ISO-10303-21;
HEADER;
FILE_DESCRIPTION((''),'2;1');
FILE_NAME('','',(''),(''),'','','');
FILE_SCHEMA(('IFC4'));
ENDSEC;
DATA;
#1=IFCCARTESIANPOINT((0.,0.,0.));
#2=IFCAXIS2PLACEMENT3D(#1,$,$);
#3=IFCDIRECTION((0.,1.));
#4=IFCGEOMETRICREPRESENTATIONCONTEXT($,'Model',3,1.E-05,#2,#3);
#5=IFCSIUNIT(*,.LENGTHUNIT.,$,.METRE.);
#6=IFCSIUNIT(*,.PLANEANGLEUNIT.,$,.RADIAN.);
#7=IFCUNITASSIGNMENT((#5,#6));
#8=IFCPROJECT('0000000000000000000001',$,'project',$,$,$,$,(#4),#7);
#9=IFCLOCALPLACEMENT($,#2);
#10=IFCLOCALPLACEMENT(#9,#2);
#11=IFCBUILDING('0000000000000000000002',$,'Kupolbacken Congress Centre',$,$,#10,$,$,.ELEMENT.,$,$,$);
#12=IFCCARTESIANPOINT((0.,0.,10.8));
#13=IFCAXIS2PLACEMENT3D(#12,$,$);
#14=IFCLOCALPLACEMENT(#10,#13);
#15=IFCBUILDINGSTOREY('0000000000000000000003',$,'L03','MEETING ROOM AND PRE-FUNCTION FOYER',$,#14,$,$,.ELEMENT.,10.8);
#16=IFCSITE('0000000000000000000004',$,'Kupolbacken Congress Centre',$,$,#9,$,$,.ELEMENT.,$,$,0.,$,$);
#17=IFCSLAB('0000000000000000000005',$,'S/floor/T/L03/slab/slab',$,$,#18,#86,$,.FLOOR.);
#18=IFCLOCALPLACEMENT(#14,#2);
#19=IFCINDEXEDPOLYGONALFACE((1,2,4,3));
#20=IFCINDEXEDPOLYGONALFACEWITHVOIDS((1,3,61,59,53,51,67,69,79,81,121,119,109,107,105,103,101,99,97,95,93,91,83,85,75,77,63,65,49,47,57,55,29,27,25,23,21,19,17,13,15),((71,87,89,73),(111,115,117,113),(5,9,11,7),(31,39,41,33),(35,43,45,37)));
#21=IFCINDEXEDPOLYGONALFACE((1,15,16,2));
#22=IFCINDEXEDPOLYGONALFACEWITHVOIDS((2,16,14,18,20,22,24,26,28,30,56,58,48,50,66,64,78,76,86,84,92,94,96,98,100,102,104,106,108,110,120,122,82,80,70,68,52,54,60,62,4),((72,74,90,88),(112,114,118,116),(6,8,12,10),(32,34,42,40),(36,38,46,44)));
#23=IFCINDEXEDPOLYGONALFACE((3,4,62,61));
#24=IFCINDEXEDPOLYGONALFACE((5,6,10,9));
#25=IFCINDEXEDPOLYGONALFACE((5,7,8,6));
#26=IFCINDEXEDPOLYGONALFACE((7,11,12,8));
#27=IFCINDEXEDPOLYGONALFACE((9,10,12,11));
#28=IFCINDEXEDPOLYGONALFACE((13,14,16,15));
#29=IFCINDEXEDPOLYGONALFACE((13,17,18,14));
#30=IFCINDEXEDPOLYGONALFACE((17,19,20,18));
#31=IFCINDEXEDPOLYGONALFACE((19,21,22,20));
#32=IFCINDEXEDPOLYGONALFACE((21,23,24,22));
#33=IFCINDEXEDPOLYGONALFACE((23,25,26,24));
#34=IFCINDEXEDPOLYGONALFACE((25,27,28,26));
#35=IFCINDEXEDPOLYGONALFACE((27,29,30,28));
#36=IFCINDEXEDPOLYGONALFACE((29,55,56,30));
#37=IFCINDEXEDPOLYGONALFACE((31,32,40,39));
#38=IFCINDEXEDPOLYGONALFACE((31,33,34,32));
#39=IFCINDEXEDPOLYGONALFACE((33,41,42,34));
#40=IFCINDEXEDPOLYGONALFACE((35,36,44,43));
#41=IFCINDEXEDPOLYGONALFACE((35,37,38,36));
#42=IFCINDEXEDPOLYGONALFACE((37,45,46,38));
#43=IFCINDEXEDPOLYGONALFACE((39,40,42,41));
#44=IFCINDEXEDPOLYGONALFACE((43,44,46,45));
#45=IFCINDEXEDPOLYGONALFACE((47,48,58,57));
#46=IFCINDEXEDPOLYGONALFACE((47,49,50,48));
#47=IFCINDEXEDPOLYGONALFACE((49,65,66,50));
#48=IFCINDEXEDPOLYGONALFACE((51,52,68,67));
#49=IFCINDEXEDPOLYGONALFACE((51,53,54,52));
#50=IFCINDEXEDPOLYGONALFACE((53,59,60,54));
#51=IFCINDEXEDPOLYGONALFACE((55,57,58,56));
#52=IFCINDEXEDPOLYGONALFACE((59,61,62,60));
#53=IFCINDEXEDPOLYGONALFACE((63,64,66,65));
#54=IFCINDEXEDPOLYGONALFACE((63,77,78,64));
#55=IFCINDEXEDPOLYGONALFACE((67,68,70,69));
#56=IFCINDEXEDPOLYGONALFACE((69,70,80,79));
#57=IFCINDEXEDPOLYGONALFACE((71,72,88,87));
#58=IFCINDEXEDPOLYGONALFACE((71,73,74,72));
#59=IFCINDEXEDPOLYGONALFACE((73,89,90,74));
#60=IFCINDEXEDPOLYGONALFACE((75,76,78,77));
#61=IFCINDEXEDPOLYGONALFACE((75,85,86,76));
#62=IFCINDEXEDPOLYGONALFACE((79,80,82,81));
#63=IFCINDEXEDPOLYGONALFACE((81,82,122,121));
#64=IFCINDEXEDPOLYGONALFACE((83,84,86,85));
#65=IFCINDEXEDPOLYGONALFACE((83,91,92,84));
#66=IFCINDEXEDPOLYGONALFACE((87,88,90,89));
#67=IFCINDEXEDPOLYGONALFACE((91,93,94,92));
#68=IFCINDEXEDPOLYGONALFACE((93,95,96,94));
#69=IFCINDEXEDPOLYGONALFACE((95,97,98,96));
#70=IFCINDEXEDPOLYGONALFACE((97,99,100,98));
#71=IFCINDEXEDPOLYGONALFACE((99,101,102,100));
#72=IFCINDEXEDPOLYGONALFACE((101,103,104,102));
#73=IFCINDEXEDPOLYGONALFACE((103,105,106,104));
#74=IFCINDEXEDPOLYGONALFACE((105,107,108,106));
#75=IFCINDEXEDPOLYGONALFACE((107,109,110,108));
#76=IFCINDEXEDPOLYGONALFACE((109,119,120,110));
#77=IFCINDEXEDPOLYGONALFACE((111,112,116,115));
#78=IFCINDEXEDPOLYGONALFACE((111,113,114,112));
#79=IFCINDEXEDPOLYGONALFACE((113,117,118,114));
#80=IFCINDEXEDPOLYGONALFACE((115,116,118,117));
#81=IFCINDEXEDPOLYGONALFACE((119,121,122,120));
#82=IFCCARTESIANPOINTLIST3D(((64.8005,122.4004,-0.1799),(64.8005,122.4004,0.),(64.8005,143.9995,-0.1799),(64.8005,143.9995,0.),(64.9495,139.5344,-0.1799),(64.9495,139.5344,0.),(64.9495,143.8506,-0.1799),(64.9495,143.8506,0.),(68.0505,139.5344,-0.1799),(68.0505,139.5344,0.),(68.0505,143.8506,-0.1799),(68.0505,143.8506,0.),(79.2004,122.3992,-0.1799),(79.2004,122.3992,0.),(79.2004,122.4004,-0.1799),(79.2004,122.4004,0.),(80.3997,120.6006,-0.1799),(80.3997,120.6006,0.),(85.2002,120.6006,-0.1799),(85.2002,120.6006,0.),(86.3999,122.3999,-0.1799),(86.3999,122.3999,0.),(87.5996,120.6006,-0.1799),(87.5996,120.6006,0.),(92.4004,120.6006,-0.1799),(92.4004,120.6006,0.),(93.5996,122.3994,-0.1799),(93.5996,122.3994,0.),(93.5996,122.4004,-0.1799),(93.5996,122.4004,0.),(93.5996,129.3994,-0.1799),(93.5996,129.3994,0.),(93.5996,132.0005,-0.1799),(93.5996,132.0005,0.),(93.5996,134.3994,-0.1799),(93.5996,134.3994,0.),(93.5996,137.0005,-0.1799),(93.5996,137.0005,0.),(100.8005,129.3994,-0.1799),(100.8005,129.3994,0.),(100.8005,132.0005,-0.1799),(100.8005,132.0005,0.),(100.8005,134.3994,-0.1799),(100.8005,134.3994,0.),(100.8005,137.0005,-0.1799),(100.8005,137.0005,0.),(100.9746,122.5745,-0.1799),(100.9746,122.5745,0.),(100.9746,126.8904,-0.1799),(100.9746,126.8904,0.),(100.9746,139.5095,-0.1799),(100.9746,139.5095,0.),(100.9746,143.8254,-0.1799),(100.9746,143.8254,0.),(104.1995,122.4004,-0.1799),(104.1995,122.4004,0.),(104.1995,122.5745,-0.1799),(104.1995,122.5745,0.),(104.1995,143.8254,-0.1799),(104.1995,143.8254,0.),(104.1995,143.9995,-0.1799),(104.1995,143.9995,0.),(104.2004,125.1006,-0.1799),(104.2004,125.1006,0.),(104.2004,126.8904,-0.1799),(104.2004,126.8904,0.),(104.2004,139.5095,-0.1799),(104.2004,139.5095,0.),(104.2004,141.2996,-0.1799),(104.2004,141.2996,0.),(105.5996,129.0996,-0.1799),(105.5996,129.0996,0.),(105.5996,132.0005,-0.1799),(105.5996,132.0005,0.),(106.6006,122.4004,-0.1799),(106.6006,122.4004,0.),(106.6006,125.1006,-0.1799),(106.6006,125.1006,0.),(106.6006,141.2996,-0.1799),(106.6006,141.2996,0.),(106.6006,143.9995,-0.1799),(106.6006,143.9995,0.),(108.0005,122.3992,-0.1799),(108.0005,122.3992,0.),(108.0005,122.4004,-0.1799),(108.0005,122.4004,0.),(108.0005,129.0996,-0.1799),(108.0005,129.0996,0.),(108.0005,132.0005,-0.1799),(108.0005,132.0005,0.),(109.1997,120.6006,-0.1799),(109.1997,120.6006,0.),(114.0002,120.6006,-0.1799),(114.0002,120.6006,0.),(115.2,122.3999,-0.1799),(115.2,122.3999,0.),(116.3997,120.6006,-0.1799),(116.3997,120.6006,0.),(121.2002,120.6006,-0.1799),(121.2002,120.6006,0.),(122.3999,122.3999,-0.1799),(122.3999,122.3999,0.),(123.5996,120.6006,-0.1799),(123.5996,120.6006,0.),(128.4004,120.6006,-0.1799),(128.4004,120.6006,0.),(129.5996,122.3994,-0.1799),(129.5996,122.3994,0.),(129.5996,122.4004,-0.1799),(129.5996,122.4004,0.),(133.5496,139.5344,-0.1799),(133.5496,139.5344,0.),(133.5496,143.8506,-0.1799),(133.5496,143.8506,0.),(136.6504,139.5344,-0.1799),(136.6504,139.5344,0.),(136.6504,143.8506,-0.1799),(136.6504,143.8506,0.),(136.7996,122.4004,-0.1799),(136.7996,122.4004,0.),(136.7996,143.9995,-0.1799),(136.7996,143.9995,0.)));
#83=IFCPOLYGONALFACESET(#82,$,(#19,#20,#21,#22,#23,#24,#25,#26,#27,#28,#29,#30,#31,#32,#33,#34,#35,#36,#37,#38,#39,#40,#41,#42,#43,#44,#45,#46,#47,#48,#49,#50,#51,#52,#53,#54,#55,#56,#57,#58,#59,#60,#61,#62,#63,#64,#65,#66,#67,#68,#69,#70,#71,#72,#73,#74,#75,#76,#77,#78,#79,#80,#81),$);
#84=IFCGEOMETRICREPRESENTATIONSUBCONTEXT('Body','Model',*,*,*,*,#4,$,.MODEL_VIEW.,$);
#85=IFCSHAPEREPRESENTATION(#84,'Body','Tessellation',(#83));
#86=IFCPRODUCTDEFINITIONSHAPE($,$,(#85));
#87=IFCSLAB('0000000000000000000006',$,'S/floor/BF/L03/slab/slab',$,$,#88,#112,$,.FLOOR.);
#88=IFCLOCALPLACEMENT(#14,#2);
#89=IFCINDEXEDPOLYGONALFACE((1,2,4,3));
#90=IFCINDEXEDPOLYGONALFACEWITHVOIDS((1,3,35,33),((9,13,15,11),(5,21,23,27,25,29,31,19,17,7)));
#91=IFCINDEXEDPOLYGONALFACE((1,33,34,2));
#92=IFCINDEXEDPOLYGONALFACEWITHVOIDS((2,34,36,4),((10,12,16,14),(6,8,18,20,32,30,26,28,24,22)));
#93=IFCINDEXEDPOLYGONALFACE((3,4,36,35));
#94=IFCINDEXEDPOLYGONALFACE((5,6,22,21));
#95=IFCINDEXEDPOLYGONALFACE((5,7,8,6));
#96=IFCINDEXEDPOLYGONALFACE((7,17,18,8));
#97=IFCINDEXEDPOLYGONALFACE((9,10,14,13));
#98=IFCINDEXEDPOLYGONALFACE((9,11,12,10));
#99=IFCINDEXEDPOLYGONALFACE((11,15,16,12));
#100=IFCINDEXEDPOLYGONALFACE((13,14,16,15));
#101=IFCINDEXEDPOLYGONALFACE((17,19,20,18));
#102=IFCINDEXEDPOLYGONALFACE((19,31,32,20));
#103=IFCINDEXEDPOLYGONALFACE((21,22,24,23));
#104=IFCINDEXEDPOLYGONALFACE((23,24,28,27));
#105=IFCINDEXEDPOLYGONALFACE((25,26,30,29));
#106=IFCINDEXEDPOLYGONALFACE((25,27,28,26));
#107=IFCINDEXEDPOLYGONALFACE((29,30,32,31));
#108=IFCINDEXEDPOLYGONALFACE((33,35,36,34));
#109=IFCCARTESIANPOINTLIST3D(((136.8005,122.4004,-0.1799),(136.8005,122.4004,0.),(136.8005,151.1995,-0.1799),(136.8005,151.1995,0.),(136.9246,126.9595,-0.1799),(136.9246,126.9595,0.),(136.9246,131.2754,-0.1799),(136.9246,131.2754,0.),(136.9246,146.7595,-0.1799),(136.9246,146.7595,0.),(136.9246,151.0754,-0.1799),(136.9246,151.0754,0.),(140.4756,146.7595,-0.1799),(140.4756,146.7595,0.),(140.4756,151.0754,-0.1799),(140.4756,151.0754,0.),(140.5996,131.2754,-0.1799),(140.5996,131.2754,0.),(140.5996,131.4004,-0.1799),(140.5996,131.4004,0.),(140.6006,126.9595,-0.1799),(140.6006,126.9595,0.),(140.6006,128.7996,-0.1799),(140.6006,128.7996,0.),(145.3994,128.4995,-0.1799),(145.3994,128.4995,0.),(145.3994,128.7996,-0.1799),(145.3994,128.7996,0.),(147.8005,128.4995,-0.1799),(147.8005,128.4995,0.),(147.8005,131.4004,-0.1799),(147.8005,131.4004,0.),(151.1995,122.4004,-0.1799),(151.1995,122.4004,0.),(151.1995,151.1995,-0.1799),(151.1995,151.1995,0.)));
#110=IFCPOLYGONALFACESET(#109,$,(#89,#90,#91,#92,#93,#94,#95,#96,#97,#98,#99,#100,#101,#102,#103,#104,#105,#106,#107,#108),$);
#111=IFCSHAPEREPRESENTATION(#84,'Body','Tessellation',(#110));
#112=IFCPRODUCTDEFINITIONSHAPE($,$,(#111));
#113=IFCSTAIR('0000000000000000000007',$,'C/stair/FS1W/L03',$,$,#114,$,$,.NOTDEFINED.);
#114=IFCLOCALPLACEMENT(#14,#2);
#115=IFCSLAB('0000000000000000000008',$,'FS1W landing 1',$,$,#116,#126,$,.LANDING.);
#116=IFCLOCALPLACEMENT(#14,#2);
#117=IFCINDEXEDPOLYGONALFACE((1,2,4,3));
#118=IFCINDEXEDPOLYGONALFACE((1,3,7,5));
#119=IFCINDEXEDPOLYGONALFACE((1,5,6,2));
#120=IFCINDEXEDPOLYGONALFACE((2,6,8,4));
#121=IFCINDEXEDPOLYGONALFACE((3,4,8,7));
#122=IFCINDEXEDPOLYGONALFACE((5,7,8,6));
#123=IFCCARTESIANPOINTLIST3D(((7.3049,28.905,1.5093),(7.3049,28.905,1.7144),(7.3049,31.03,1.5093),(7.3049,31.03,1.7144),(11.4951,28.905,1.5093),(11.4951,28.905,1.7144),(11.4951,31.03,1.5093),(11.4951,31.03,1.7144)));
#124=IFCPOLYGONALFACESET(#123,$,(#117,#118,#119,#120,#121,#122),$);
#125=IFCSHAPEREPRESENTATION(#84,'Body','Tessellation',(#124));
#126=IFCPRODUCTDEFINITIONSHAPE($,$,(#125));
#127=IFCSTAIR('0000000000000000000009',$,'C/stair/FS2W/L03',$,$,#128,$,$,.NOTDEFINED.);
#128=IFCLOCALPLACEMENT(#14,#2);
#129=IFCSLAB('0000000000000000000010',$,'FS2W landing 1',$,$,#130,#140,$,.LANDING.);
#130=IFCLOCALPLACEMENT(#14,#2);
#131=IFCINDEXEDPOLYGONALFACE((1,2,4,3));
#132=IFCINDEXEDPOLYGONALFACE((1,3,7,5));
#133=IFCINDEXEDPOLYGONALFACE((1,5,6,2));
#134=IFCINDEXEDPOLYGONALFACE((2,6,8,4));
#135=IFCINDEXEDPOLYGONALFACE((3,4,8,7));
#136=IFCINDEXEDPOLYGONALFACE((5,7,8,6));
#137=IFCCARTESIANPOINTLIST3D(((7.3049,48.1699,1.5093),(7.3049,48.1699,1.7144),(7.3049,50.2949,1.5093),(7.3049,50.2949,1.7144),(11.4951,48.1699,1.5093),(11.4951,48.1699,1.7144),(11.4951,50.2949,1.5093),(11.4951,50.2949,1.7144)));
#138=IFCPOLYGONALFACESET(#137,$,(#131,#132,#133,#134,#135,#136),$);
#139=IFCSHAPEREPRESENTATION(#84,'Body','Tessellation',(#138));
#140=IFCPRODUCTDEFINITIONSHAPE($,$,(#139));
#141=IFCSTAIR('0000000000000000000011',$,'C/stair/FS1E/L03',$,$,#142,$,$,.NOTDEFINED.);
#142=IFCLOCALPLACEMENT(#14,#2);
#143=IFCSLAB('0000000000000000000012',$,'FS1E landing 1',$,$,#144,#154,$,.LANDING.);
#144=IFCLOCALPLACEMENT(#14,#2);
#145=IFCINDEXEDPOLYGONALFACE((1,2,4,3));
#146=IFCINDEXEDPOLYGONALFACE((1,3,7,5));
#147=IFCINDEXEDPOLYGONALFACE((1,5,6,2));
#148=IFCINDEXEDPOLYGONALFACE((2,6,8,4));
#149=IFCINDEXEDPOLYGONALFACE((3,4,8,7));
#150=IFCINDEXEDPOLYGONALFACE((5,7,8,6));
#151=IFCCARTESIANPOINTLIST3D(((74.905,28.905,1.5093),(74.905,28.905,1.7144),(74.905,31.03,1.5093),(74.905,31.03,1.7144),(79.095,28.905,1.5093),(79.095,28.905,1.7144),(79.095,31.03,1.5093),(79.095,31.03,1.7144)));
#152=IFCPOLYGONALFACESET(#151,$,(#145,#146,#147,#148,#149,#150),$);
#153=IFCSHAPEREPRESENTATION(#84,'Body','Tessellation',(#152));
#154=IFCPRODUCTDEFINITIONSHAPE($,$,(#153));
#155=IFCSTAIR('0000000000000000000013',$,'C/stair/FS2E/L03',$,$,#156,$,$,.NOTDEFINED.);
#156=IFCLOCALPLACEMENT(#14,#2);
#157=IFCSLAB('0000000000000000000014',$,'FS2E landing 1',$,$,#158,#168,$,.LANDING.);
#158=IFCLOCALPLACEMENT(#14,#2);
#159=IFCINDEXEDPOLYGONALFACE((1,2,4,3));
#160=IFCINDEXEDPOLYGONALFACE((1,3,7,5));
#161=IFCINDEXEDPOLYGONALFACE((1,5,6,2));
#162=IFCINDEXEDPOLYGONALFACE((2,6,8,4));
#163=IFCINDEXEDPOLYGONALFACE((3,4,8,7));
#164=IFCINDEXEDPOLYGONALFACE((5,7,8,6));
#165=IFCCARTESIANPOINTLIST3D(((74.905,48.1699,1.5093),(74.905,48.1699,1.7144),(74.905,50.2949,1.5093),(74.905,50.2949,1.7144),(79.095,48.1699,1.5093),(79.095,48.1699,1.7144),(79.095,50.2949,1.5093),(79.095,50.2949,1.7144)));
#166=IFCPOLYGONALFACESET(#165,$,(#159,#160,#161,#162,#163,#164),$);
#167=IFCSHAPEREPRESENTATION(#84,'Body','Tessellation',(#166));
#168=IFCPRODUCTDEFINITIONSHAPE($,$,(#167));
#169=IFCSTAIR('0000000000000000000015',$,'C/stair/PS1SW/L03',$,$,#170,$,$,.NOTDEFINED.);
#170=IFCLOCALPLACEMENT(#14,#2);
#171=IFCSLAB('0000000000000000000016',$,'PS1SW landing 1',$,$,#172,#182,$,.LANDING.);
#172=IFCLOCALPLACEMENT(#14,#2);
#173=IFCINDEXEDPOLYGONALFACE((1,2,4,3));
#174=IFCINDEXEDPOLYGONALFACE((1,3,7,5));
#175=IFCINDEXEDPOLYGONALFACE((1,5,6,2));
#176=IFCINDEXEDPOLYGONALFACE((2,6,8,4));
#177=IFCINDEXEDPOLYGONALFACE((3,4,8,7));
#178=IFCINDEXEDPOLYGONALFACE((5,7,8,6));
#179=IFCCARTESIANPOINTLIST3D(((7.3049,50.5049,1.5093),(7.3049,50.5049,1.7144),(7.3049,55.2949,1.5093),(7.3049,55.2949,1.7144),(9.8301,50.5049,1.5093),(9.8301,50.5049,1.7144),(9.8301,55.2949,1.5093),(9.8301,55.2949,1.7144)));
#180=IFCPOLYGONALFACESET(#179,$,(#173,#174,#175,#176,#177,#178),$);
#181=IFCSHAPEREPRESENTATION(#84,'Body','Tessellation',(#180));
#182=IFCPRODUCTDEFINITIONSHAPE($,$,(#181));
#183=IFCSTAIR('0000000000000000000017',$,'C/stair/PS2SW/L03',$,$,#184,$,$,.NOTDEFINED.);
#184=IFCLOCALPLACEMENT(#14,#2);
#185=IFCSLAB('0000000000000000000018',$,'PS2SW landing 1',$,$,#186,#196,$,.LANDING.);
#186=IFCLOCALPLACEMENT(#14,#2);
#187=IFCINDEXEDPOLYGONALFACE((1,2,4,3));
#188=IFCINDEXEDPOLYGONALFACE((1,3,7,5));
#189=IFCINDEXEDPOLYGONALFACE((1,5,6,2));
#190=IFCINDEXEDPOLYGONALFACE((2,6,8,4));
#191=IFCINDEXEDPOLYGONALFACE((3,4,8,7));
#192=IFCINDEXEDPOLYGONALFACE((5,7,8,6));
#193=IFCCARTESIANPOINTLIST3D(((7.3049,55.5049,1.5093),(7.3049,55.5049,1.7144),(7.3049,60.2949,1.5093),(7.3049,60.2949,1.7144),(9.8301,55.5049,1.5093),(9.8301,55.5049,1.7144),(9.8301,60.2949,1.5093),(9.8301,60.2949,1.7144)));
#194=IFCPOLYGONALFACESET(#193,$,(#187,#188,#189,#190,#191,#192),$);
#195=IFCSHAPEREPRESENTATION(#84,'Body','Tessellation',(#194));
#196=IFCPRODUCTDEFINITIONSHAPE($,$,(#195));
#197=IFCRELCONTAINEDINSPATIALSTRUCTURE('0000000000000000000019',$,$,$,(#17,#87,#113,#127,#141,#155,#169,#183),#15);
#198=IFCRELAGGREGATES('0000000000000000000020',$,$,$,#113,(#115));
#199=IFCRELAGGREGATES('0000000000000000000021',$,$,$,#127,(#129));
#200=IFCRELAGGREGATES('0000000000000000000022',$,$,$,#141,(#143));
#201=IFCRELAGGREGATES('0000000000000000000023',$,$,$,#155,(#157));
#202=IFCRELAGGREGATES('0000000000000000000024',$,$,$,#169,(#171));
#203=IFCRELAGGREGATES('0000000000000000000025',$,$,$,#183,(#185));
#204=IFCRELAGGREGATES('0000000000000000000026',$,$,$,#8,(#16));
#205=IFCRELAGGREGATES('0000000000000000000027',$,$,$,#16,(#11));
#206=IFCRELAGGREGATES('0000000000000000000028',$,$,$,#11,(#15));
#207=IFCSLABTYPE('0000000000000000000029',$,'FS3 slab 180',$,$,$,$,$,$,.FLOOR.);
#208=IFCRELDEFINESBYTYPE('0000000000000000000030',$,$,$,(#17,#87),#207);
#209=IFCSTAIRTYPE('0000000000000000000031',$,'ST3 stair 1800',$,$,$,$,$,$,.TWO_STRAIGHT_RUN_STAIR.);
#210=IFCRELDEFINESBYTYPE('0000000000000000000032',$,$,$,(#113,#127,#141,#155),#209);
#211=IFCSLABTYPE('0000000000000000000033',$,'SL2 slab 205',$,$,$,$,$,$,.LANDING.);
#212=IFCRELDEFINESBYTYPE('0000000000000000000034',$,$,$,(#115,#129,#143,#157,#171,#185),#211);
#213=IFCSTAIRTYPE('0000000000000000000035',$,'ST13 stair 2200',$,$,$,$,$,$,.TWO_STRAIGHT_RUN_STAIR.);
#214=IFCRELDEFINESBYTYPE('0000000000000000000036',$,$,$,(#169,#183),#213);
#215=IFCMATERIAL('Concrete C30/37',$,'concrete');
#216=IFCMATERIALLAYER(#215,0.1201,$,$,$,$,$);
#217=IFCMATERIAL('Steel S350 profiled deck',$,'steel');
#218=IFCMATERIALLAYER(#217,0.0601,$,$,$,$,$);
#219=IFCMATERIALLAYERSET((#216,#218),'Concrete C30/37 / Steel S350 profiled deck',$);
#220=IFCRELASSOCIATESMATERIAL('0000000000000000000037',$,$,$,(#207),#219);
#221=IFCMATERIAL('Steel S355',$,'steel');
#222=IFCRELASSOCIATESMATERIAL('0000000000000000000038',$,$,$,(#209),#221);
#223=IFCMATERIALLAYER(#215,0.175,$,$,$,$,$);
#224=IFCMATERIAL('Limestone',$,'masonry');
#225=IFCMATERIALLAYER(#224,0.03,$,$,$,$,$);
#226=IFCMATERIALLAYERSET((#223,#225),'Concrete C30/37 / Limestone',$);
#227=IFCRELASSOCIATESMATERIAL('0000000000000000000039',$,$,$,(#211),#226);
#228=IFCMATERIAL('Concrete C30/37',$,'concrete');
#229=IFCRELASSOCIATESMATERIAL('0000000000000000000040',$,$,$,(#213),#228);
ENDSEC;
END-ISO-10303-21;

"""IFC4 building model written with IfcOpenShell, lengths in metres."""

from ifc_helpers import new_model, si_unit, direction, frame, origin, place, context, subcontext, project, spatial, polyline, outline, extrude, material, layer, layer_set, type_object, element, aggregate, save


model = new_model("IFC4")

# Units and contexts
model_context = context("Model", 3, precision=1e-05, world=origin(), true_north=direction((0.0, 1.0)))
body_context = subcontext(model_context, "Body", "Model", "MODEL_VIEW")
ifc_project = project(units=[si_unit("LENGTHUNIT", "METRE"), si_unit("PLANEANGLEUNIT", "RADIAN")], contexts=[model_context])

# Site, building, storey
site_placement = place(None, origin())
site = spatial("IfcSite", under=ifc_project, at=site_placement, Name="Kupolbacken Congress Centre", CompositionType="ELEMENT", RefElevation=0.0)
building_placement = place(site_placement, origin())
building = spatial("IfcBuilding", under=site, at=building_placement, Name="Kupolbacken Congress Centre", CompositionType="ELEMENT")
storey_placement = place(building_placement, frame((0.0, 0.0, 10.8)))
storey = spatial("IfcBuildingStorey", under=building, at=storey_placement, Name="L03", Description="MEETING ROOM AND PRE-FUNCTION FOYER", CompositionType="ELEMENT", Elevation=10.8)

# Slabs
ifc_material_1 = material(Name="Concrete C30/37", Category="concrete")
ifc_layer_1 = layer(ifc_material_1, 0.1201)
ifc_material_2 = material(Name="Steel S350 profiled deck", Category="steel")
ifc_layer_2 = layer(ifc_material_2, 0.0601)
ifc_layer_set_1 = layer_set([ifc_layer_1, ifc_layer_2], Name="Concrete C30/37 / Steel S350 profiled deck")
slab_type_1 = type_object("IfcSlabType", Name="FS3 slab 180", PredefinedType="FLOOR", material=ifc_layer_set_1)
slab_1_placement = place(storey_placement, frame((0.0, 0.0, -0.1799)))
element("IfcSlab", 1, at=slab_1_placement, inside=storey, type_object=slab_type_1, Name="S/floor/T/L03/slab/slab", PredefinedType="FLOOR", context=body_context, shape_type="SweptSolid", body=[
    extrude(outline(polyline([(79.2004, 122.3992), (80.3997, 120.6006), (85.2002, 120.6006), (86.3999, 122.3999), (87.5996, 120.6006), (92.4004, 120.6006), (93.5996, 122.3994), (93.5996, 122.4004), (104.1995, 122.4004), (104.1995, 122.5745), (100.9746, 122.5745), (100.9746, 126.8904), (104.2004, 126.8904), (104.2004, 125.1006), (106.6006, 125.1006), (106.6006, 122.4004), (108.0005, 122.4004), (108.0005, 122.3992), (109.1997, 120.6006), (114.0002, 120.6006), (115.2, 122.3999), (116.3997, 120.6006), (121.2002, 120.6006), (122.3999, 122.3999), (123.5996, 120.6006), (128.4004, 120.6006), (129.5996, 122.3994), (129.5996, 122.4004), (136.7996, 122.4004), (136.7996, 143.9995), (106.6006, 143.9995), (106.6006, 141.2996), (104.2004, 141.2996), (104.2004, 139.5095), (100.9746, 139.5095), (100.9746, 143.8254), (104.1995, 143.8254), (104.1995, 143.9995), (64.8005, 143.9995), (64.8005, 122.4004), (79.2004, 122.4004), (79.2004, 122.3992)]), holes=[polyline([(136.6504, 139.5344), (133.5496, 139.5344), (133.5496, 143.8506), (136.6504, 143.8506), (136.6504, 139.5344)]), polyline([(108.0005, 129.0996), (105.5996, 129.0996), (105.5996, 132.0005), (108.0005, 132.0005), (108.0005, 129.0996)]), polyline([(93.5996, 132.0005), (100.8005, 132.0005), (100.8005, 129.3994), (93.5996, 129.3994), (93.5996, 132.0005)]), polyline([(93.5996, 137.0005), (100.8005, 137.0005), (100.8005, 134.3994), (93.5996, 134.3994), (93.5996, 137.0005)]), polyline([(68.0505, 143.8506), (68.0505, 139.5344), (64.9495, 139.5344), (64.9495, 143.8506), (68.0505, 143.8506)])]), origin(), (0.0, 0.0, 1.0), 0.1799),
])
slab_2_placement = place(storey_placement, frame((0.0, 0.0, -0.1799)))
element("IfcSlab", 2, at=slab_2_placement, inside=storey, type_object=slab_type_1, Name="S/floor/BF/L03/slab/slab", PredefinedType="FLOOR", context=body_context, shape_type="SweptSolid", body=[
    extrude(outline(polyline([(151.1995, 122.4004), (151.1995, 151.1995), (136.8005, 151.1995), (136.8005, 122.4004), (151.1995, 122.4004)]), holes=[polyline([(140.5996, 131.4004), (147.8005, 131.4004), (147.8005, 128.4995), (145.3994, 128.4995), (145.3994, 128.7996), (140.6006, 128.7996), (140.6006, 126.9595), (136.9246, 126.9595), (136.9246, 131.2754), (140.5996, 131.2754), (140.5996, 131.4004)]), polyline([(136.9246, 146.7595), (136.9246, 151.0754), (140.4756, 151.0754), (140.4756, 146.7595), (136.9246, 146.7595)])]), origin(), (0.0, 0.0, 1.0), 0.1799),
])

# Stairs, slabs
ifc_material_3 = material(Name="Steel S355", Category="steel")
stair_type_1 = type_object("IfcStairType", Name="ST3 stair 1800", PredefinedType="TWO_STRAIGHT_RUN_STAIR", material=ifc_material_3)
stair_1_placement = place(storey_placement, origin())
stair_1 = element("IfcStair", 3, at=stair_1_placement, inside=storey, type_object=stair_type_1, Name="C/stair/FS1W/L03", PredefinedType="NOTDEFINED")
ifc_layer_3 = layer(ifc_material_1, 0.175)
ifc_material_4 = material(Name="Limestone", Category="masonry")
ifc_layer_4 = layer(ifc_material_4, 0.03)
ifc_layer_set_2 = layer_set([ifc_layer_3, ifc_layer_4], Name="Concrete C30/37 / Limestone")
slab_type_2 = type_object("IfcSlabType", Name="SL2 slab 205", PredefinedType="LANDING", material=ifc_layer_set_2)
slab_3_placement = place(storey_placement, frame((0.0, 0.0, 1.5093)))
slab_3 = element("IfcSlab", 4, at=slab_3_placement, type_object=slab_type_2, Name="FS1W landing 1", PredefinedType="LANDING", context=body_context, shape_type="SweptSolid", body=[
    extrude(outline(polyline([(7.3049, 28.905), (11.4951, 28.905), (11.4951, 31.03), (7.3049, 31.03), (7.3049, 28.905)])), origin(), (0.0, 0.0, 1.0), 0.2051),
])
aggregate(stair_1, [slab_3])
stair_2_placement = place(storey_placement, origin())
stair_2 = element("IfcStair", 5, at=stair_2_placement, inside=storey, type_object=stair_type_1, Name="C/stair/FS2W/L03", PredefinedType="NOTDEFINED")
slab_4_placement = place(storey_placement, frame((0.0, 0.0, 1.5093)))
slab_4 = element("IfcSlab", 6, at=slab_4_placement, type_object=slab_type_2, Name="FS2W landing 1", PredefinedType="LANDING", context=body_context, shape_type="SweptSolid", body=[
    extrude(outline(polyline([(7.3049, 48.1699), (11.4951, 48.1699), (11.4951, 50.2949), (7.3049, 50.2949), (7.3049, 48.1699)])), origin(), (0.0, 0.0, 1.0), 0.2051),
])
aggregate(stair_2, [slab_4])
stair_3_placement = place(storey_placement, origin())
stair_3 = element("IfcStair", 7, at=stair_3_placement, inside=storey, type_object=stair_type_1, Name="C/stair/FS1E/L03", PredefinedType="NOTDEFINED")
slab_5_placement = place(storey_placement, frame((0.0, 0.0, 1.5093)))
slab_5 = element("IfcSlab", 8, at=slab_5_placement, type_object=slab_type_2, Name="FS1E landing 1", PredefinedType="LANDING", context=body_context, shape_type="SweptSolid", body=[
    extrude(outline(polyline([(74.905, 28.905), (79.095, 28.905), (79.095, 31.03), (74.905, 31.03), (74.905, 28.905)])), origin(), (0.0, 0.0, 1.0), 0.2051),
])
aggregate(stair_3, [slab_5])
stair_4_placement = place(storey_placement, origin())
stair_4 = element("IfcStair", 9, at=stair_4_placement, inside=storey, type_object=stair_type_1, Name="C/stair/FS2E/L03", PredefinedType="NOTDEFINED")
slab_6_placement = place(storey_placement, frame((0.0, 0.0, 1.5093)))
slab_6 = element("IfcSlab", 10, at=slab_6_placement, type_object=slab_type_2, Name="FS2E landing 1", PredefinedType="LANDING", context=body_context, shape_type="SweptSolid", body=[
    extrude(outline(polyline([(74.905, 48.1699), (79.095, 48.1699), (79.095, 50.2949), (74.905, 50.2949), (74.905, 48.1699)])), origin(), (0.0, 0.0, 1.0), 0.2051),
])
aggregate(stair_4, [slab_6])
ifc_material_5 = material(Name="Concrete C30/37", Category="concrete")
stair_type_2 = type_object("IfcStairType", Name="ST13 stair 2200", PredefinedType="TWO_STRAIGHT_RUN_STAIR", material=ifc_material_5)
stair_5_placement = place(storey_placement, origin())
stair_5 = element("IfcStair", 11, at=stair_5_placement, inside=storey, type_object=stair_type_2, Name="C/stair/PS1SW/L03", PredefinedType="NOTDEFINED")
slab_7_placement = place(storey_placement, frame((0.0, 0.0, 1.5093)))
slab_7 = element("IfcSlab", 12, at=slab_7_placement, type_object=slab_type_2, Name="PS1SW landing 1", PredefinedType="LANDING", context=body_context, shape_type="SweptSolid", body=[
    extrude(outline(polyline([(7.3049, 50.5049), (9.8301, 50.5049), (9.8301, 55.2949), (7.3049, 55.2949), (7.3049, 50.5049)])), origin(), (0.0, 0.0, 1.0), 0.2051),
])
aggregate(stair_5, [slab_7])
stair_6_placement = place(storey_placement, origin())
stair_6 = element("IfcStair", 13, at=stair_6_placement, inside=storey, type_object=stair_type_2, Name="C/stair/PS2SW/L03", PredefinedType="NOTDEFINED")
slab_8_placement = place(storey_placement, frame((0.0, 0.0, 1.5093)))
slab_8 = element("IfcSlab", 14, at=slab_8_placement, type_object=slab_type_2, Name="PS2SW landing 1", PredefinedType="LANDING", context=body_context, shape_type="SweptSolid", body=[
    extrude(outline(polyline([(7.3049, 55.5049), (9.8301, 55.5049), (9.8301, 60.2949), (7.3049, 60.2949), (7.3049, 55.5049)])), origin(), (0.0, 0.0, 1.0), 0.2051),
])
aggregate(stair_6, [slab_8])

save(model, "model.ifc")
